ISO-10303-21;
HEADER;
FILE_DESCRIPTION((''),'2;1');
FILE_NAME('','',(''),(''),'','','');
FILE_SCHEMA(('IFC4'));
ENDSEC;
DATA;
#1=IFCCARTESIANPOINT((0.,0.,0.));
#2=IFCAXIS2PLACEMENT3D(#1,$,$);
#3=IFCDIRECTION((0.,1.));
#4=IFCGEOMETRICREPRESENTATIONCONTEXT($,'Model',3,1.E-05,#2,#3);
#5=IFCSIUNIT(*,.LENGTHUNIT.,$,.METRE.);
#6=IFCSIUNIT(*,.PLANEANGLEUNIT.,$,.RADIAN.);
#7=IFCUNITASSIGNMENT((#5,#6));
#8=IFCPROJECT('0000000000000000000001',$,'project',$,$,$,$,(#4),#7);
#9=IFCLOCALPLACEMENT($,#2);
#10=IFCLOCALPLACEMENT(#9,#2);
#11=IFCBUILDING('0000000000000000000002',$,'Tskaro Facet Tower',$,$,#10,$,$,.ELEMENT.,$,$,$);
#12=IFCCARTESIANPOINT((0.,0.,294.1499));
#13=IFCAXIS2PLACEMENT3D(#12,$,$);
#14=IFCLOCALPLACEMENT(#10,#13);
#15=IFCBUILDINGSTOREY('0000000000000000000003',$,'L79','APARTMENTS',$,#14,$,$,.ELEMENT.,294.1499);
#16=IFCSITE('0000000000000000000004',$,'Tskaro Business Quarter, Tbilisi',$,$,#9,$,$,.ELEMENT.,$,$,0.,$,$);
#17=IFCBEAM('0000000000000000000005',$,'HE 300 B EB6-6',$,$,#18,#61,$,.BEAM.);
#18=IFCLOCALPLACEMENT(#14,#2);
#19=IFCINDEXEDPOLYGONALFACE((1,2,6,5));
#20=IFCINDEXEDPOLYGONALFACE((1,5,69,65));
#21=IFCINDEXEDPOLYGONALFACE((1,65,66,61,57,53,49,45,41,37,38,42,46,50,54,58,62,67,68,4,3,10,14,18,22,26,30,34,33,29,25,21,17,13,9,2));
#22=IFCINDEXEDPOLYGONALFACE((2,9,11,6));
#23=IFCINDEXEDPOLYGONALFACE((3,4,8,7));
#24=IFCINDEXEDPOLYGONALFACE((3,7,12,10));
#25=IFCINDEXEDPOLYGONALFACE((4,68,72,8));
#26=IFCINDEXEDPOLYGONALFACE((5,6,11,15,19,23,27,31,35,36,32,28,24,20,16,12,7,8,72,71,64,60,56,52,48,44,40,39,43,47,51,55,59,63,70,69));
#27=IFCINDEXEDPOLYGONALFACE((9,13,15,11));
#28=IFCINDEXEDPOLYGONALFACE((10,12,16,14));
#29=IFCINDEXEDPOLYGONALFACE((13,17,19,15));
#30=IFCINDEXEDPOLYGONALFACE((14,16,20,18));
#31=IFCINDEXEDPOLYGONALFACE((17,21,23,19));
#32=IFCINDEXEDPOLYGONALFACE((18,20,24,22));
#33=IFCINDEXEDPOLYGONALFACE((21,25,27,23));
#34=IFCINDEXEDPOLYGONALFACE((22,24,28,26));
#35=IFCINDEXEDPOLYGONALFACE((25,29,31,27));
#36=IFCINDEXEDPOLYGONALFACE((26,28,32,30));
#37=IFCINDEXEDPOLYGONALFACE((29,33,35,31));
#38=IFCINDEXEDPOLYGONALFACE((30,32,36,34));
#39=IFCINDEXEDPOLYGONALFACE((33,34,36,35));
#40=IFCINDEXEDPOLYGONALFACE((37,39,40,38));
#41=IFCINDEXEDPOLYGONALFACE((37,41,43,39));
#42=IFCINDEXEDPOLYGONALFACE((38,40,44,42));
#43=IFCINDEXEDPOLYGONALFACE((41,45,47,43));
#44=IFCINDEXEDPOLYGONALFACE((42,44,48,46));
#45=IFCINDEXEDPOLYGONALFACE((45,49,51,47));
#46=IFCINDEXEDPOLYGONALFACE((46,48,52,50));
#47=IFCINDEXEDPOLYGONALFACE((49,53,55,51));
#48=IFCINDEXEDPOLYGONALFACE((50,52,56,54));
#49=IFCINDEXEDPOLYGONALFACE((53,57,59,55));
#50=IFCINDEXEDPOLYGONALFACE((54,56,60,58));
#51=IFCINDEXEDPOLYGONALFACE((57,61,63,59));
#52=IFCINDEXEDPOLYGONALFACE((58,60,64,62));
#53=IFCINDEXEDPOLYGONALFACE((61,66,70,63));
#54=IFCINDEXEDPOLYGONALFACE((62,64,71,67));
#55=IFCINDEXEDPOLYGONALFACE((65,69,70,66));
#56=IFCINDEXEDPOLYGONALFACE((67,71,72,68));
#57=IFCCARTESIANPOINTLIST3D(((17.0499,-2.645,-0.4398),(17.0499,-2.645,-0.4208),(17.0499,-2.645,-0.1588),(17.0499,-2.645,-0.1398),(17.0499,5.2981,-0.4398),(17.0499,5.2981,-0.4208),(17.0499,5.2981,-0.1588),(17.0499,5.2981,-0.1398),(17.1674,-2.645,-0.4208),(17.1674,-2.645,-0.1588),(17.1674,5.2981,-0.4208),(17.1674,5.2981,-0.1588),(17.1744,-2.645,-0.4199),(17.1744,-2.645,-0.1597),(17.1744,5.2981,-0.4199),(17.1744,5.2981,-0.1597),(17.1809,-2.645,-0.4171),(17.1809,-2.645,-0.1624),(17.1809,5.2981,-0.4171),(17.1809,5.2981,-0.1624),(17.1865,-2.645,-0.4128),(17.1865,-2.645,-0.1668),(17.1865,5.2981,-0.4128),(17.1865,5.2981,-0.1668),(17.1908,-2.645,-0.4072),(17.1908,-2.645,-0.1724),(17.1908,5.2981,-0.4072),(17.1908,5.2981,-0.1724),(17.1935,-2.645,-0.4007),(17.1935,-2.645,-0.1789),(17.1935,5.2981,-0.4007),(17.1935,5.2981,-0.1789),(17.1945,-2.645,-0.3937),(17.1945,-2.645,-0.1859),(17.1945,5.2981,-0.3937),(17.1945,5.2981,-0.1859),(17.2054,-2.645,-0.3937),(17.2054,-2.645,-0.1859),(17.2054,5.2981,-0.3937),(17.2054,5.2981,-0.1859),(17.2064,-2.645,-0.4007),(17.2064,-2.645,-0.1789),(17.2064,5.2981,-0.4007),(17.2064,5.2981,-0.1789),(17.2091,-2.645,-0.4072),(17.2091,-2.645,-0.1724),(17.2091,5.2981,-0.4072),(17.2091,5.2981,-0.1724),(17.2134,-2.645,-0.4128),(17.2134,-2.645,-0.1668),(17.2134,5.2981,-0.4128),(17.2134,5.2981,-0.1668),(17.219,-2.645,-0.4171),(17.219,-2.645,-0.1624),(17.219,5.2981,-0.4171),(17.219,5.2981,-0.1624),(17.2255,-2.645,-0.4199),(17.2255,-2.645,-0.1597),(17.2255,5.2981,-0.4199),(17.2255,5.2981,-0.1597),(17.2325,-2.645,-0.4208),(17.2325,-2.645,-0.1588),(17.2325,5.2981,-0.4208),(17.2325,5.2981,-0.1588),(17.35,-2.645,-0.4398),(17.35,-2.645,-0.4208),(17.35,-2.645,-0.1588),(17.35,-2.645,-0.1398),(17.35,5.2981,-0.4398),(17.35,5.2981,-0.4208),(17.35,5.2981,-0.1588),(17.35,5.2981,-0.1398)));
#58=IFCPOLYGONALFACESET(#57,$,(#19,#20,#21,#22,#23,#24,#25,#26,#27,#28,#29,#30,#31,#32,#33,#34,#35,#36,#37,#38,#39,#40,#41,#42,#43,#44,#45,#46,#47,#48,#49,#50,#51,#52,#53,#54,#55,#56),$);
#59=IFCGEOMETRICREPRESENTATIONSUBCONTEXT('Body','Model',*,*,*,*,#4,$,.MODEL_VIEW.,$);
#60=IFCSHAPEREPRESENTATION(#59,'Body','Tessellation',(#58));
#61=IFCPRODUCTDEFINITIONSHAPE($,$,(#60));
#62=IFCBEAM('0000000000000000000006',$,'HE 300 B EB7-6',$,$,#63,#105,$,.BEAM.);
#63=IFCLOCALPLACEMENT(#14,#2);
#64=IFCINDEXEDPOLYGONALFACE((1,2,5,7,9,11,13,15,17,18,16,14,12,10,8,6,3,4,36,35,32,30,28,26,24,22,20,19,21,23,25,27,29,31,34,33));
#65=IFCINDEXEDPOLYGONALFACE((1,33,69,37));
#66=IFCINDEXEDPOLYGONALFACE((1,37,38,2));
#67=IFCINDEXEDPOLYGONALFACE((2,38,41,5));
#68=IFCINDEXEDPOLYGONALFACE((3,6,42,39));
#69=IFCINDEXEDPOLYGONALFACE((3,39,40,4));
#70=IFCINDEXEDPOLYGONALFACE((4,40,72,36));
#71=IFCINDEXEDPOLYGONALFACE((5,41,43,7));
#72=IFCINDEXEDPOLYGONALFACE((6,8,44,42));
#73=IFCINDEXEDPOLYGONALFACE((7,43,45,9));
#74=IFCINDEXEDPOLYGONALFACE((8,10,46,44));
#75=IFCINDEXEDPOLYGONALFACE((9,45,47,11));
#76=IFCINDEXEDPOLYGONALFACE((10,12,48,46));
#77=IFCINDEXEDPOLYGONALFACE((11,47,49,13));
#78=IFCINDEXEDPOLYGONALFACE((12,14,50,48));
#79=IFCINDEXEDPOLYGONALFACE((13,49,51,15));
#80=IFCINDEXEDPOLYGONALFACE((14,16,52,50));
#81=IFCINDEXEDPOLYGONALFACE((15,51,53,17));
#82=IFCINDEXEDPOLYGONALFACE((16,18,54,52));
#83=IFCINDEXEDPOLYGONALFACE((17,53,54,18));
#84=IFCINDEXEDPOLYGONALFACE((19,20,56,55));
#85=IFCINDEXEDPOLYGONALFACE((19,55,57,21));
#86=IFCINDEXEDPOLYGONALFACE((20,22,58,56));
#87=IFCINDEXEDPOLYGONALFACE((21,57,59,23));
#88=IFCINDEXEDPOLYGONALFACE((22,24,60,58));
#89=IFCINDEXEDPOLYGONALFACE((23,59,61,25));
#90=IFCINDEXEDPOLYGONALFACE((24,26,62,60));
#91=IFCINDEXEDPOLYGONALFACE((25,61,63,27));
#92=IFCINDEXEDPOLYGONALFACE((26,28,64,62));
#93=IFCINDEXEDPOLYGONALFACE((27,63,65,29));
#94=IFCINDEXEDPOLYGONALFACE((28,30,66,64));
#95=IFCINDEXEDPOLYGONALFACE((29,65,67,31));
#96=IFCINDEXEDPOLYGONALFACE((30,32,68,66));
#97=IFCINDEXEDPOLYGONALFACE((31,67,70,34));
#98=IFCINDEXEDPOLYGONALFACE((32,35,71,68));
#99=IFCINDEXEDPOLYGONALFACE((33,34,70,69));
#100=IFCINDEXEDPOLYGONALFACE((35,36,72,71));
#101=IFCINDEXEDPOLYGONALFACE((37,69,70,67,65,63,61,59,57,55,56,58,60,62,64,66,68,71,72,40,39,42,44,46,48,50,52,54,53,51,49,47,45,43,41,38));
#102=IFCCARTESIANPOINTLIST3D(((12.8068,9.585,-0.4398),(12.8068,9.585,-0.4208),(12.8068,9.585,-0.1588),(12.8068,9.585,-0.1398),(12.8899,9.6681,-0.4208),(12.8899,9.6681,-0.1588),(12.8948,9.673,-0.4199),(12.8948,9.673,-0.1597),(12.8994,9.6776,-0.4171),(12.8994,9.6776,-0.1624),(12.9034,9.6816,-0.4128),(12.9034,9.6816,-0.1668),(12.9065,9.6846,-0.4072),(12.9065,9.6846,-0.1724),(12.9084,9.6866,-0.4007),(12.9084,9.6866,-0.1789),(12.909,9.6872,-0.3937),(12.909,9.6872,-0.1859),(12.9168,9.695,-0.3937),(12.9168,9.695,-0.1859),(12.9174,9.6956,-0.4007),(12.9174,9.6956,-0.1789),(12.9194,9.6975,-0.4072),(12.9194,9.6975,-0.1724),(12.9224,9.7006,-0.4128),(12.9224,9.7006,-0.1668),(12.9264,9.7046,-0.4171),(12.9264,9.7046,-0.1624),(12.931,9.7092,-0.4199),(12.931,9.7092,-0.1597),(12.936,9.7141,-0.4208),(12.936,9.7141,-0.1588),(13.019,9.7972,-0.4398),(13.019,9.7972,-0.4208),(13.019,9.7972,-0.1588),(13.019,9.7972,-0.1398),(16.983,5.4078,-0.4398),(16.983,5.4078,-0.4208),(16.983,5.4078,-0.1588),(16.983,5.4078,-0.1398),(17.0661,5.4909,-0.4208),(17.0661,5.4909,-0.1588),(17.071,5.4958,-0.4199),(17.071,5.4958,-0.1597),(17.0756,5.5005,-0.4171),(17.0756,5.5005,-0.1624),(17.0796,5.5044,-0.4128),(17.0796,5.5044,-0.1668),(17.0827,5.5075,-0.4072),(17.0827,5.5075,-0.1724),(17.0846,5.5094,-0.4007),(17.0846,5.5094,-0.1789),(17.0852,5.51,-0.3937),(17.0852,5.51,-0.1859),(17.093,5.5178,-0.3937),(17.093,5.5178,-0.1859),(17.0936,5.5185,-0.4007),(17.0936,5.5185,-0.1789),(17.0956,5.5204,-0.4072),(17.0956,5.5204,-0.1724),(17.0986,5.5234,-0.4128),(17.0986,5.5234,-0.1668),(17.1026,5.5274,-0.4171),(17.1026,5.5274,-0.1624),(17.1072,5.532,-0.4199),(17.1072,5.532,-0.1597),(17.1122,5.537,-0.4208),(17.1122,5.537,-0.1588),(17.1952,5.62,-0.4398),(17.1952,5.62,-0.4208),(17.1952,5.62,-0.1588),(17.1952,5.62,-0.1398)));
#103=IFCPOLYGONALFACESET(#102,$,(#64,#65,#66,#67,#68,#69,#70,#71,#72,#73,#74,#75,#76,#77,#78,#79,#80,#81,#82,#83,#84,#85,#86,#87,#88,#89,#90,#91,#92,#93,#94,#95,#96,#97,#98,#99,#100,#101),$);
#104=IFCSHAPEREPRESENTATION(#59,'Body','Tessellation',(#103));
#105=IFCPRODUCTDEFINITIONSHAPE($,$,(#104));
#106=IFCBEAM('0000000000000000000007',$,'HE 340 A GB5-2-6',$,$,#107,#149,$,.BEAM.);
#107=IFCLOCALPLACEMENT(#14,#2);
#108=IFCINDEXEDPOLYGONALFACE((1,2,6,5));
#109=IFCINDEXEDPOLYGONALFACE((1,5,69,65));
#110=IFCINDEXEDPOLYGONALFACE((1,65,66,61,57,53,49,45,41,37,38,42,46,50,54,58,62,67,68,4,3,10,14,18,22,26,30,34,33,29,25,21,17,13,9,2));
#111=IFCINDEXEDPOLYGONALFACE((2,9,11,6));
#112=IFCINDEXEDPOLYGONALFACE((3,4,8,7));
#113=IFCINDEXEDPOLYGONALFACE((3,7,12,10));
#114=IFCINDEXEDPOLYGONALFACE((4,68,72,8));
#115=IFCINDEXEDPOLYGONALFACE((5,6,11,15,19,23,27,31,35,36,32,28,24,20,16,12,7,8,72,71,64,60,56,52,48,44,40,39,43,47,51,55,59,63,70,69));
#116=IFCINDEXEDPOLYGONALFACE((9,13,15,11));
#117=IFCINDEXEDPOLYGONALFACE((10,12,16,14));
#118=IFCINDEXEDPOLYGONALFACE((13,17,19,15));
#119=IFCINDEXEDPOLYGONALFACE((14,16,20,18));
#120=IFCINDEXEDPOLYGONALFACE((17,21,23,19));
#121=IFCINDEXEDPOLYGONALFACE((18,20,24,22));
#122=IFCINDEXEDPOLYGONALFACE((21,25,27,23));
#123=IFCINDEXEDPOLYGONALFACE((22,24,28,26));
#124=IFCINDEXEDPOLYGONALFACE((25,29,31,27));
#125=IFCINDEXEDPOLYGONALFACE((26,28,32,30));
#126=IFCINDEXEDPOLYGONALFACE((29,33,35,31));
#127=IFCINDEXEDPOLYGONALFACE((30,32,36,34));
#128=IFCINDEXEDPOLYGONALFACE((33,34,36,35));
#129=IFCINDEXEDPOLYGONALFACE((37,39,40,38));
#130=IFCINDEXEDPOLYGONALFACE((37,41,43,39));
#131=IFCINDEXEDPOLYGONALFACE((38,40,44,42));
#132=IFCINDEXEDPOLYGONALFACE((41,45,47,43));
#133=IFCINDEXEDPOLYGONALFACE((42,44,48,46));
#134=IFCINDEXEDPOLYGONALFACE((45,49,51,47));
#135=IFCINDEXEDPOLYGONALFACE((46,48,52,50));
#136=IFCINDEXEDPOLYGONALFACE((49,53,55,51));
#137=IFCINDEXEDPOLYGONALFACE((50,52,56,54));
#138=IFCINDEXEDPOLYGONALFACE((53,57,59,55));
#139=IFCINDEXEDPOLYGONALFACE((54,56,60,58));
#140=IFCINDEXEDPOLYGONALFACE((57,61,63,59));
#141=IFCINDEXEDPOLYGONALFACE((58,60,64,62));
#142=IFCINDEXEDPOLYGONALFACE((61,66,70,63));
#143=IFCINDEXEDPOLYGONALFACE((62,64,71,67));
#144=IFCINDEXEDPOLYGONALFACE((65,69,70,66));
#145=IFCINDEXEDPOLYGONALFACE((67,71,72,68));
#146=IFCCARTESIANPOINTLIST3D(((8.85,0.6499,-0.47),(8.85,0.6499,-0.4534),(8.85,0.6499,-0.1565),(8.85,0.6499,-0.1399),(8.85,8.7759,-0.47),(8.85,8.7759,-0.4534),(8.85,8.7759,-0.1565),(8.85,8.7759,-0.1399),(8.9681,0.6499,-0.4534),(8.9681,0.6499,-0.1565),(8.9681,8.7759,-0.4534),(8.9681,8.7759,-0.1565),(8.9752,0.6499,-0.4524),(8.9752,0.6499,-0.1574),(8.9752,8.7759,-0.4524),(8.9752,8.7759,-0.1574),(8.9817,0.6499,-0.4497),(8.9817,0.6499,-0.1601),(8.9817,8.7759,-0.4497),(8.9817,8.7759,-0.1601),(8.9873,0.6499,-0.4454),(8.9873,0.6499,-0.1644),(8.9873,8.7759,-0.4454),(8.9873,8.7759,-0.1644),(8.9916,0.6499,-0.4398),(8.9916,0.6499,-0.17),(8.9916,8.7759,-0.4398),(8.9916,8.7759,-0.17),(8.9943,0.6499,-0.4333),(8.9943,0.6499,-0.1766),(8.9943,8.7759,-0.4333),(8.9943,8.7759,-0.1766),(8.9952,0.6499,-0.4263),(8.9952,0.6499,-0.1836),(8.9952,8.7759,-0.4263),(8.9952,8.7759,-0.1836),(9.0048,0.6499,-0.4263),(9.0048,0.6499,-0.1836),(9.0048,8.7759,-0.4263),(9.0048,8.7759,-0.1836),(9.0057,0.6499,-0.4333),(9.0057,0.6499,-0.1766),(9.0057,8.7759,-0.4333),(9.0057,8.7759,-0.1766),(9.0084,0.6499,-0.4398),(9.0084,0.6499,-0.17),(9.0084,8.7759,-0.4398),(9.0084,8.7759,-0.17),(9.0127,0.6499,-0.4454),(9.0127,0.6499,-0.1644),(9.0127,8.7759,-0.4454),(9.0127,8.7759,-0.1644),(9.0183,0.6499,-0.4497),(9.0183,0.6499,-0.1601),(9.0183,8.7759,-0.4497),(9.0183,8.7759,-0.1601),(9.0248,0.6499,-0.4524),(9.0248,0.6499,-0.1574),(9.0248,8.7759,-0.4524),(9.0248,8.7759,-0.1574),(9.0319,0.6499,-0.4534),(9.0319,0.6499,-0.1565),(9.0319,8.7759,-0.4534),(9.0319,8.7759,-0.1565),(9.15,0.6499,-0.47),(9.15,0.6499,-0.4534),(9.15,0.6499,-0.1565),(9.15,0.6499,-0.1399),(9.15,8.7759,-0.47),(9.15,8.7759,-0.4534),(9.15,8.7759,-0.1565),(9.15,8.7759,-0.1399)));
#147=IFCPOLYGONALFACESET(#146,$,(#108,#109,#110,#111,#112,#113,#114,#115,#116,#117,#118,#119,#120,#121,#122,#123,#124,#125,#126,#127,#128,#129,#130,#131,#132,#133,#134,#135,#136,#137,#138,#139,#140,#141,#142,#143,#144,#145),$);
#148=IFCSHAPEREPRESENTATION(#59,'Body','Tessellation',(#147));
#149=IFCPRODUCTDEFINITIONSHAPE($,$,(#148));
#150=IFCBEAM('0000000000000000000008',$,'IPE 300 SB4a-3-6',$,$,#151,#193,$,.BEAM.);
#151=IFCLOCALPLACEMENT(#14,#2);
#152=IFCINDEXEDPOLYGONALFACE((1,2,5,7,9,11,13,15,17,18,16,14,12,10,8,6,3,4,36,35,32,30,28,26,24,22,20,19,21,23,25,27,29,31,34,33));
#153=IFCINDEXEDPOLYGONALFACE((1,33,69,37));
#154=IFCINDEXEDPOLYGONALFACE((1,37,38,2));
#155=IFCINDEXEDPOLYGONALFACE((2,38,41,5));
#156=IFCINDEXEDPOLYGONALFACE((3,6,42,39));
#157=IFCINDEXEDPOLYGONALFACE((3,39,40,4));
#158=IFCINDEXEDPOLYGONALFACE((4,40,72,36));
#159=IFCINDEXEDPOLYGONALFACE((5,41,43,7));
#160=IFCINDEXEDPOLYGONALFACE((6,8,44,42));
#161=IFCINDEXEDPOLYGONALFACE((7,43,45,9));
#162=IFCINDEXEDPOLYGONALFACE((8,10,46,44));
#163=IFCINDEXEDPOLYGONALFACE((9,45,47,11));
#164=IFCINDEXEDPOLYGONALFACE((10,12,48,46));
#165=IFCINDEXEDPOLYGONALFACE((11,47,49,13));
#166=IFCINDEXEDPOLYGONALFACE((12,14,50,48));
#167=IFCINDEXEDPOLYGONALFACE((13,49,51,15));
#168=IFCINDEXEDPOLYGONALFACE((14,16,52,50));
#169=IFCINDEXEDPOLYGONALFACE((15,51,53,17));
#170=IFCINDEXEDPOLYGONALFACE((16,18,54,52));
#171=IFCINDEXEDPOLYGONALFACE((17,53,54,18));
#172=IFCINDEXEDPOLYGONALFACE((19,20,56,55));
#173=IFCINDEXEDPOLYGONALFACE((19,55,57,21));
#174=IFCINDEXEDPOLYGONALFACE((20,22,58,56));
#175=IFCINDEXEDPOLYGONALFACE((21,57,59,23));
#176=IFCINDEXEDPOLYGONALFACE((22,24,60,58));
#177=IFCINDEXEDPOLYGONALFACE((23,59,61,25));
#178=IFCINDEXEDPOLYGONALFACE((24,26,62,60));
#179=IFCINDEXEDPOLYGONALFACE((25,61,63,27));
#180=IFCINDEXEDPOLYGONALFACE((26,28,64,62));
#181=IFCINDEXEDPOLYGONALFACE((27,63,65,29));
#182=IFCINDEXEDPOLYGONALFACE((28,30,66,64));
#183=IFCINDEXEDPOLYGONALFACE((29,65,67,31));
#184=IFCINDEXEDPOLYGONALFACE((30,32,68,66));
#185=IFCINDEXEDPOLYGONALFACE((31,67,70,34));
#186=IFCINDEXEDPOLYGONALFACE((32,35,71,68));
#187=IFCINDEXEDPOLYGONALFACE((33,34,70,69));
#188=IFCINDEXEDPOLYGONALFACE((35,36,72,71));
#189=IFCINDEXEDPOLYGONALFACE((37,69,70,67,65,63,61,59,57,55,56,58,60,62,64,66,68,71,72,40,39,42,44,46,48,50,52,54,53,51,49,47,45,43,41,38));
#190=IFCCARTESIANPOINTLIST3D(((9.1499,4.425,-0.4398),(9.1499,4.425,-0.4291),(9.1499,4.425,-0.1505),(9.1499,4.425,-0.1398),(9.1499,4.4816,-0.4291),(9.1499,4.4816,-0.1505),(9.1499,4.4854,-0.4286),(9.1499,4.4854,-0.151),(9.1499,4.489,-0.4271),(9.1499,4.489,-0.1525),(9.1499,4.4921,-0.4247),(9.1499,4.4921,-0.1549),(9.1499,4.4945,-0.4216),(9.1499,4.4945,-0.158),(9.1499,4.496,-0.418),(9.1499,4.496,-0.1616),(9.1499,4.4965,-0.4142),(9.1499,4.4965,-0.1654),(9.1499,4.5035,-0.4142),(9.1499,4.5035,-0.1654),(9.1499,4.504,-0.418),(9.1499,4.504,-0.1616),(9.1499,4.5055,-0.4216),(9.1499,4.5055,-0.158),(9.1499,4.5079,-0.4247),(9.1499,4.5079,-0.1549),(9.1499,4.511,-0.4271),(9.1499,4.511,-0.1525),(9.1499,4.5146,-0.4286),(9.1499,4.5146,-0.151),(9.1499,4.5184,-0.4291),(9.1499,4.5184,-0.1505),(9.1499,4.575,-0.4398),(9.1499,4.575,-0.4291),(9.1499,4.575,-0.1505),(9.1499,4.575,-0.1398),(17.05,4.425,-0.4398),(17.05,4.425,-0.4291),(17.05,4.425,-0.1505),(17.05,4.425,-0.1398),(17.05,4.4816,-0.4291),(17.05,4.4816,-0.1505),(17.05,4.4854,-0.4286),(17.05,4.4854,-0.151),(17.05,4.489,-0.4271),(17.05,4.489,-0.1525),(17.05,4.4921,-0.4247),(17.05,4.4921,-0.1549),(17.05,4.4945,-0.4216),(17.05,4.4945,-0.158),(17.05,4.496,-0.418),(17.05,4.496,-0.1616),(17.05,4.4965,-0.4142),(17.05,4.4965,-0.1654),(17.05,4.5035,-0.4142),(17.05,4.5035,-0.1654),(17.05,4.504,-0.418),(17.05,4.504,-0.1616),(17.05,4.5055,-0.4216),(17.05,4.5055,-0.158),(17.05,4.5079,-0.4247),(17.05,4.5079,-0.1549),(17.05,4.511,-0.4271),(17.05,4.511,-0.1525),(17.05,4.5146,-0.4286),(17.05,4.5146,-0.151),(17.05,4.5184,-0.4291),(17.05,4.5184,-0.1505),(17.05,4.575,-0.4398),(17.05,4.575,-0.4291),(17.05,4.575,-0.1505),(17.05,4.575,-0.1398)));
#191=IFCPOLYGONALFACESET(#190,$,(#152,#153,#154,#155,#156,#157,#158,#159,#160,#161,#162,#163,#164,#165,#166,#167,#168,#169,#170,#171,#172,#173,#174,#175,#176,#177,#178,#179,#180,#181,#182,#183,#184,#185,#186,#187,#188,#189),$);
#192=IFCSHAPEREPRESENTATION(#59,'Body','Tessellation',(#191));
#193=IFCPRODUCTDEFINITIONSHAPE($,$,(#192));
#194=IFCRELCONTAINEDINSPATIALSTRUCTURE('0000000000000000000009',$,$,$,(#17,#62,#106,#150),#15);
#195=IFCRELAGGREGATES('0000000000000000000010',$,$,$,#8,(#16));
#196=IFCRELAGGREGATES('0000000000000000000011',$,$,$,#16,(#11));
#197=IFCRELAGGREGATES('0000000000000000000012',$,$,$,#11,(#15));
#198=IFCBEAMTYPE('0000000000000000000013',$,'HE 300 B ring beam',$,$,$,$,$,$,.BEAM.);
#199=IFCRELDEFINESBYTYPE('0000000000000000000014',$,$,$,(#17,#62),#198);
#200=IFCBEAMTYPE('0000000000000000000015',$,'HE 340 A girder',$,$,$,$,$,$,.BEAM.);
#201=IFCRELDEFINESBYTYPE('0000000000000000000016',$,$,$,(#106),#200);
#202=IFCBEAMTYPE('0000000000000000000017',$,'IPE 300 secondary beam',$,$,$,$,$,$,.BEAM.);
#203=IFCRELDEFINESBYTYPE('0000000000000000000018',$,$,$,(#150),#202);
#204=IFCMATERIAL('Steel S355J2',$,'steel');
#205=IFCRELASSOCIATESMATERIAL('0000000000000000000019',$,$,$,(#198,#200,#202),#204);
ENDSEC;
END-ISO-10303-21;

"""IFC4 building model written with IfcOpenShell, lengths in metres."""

from ifc_helpers import new_model, si_unit, direction, frame, origin, origin_2d, place, context, subcontext, project, spatial, i_section, extrude, material, material_profile, profile_set, type_object, element, save


model = new_model("IFC4")

# Units and contexts
model_context = context("Model", 3, precision=1e-05, world=origin(), true_north=direction((0.0, 1.0)))
body_context = subcontext(model_context, "Body", "Model", "MODEL_VIEW")
ifc_project = project(units=[si_unit("LENGTHUNIT", "METRE"), si_unit("PLANEANGLEUNIT", "RADIAN")], contexts=[model_context])

# Site, building, storey
site_placement = place(None, origin())
site = spatial("IfcSite", under=ifc_project, at=site_placement, Name="Tskaro Business Quarter, Tbilisi", CompositionType="ELEMENT", RefElevation=0.0)
building_placement = place(site_placement, origin())
building = spatial("IfcBuilding", under=site, at=building_placement, Name="Tskaro Facet Tower", CompositionType="ELEMENT")
storey_placement = place(building_placement, frame((0.0, 0.0, 294.1499)))
storey = spatial("IfcBuildingStorey", under=building, at=storey_placement, Name="L79", Description="APARTMENTS", CompositionType="ELEMENT", Elevation=294.1499)

# Shared definitions
ifc_material_1 = material(Name="Steel S355J2", Category="steel")

# Beams
ifc_material_profile_1 = material_profile(ifc_material_1, i_section(OverallWidth=0.3, OverallDepth=0.3, WebThickness=0.011, FlangeThickness=0.019, FilletRadius=0.0271, at=origin_2d()), Name="HE 300 B")
ifc_profile_set_1 = profile_set([ifc_material_profile_1], Name="Steel S355J2")
beam_type_1 = type_object("IfcBeamType", Name="HE 300 B ring beam", PredefinedType="BEAM", material=ifc_profile_set_1)
beam_1_placement = place(storey_placement, frame((17.2, -2.645, -0.2898), z_axis=(0.0, 1.0, 0.0), x_axis=(-1.0, 0.0, 0.0)))
element("IfcBeam", 1, at=beam_1_placement, inside=storey, type_object=beam_type_1, Name="HE 300 B EB6-6", PredefinedType="BEAM", context=body_context, shape_type="SweptSolid", body=[
    extrude(i_section(OverallWidth=0.3, OverallDepth=0.3, WebThickness=0.011, FlangeThickness=0.019, FilletRadius=0.0271, at=origin_2d()), origin(), (0.0, 0.0, 1.0), 7.9431),
])
beam_2_placement = place(storey_placement, frame((17.0891, 5.5139, -0.2898), z_axis=(-0.707024, 0.707189, 0.0), x_axis=(-0.707189, -0.707024, 0.0)))
element("IfcBeam", 2, at=beam_2_placement, inside=storey, type_object=beam_type_1, Name="HE 300 B EB7-6", PredefinedType="BEAM", context=body_context, shape_type="SweptSolid", body=[
    extrude(i_section(OverallWidth=0.3, OverallDepth=0.3, WebThickness=0.011, FlangeThickness=0.019, FilletRadius=0.0271, at=origin_2d()), origin(), (0.0, 0.0, 1.0), 5.9067),
])
ifc_material_profile_2 = material_profile(ifc_material_1, i_section(OverallWidth=0.3, OverallDepth=0.3301, WebThickness=0.0095, FlangeThickness=0.0166, FilletRadius=0.0271, at=origin_2d()), Name="HE 340 A")
ifc_profile_set_2 = profile_set([ifc_material_profile_2], Name="Steel S355J2")
beam_type_2 = type_object("IfcBeamType", Name="HE 340 A girder", PredefinedType="BEAM", material=ifc_profile_set_2)
beam_3_placement = place(storey_placement, frame((9.0, 0.6499, -0.3049), z_axis=(0.0, 1.0, 0.0), x_axis=(-1.0, 0.0, 0.0)))
element("IfcBeam", 3, at=beam_3_placement, inside=storey, type_object=beam_type_2, Name="HE 340 A GB5-2-6", PredefinedType="BEAM", context=body_context, shape_type="SweptSolid", body=[
    extrude(i_section(OverallWidth=0.3, OverallDepth=0.3301, WebThickness=0.0095, FlangeThickness=0.0166, FilletRadius=0.0271, at=origin_2d()), origin(), (0.0, 0.0, 1.0), 8.126),
])
ifc_material_profile_3 = material_profile(ifc_material_1, i_section(OverallWidth=0.1499, OverallDepth=0.3, WebThickness=0.0071, FlangeThickness=0.0107, FilletRadius=0.0149, at=origin_2d()), Name="IPE 300")
ifc_profile_set_3 = profile_set([ifc_material_profile_3], Name="Steel S355J2")
beam_type_3 = type_object("IfcBeamType", Name="IPE 300 secondary beam", PredefinedType="BEAM", material=ifc_profile_set_3)
beam_4_placement = place(storey_placement, frame((9.1499, 4.5, -0.2898), z_axis=(1.0, 0.0, 0.0), x_axis=(0.0, 1.0, 0.0)))
element("IfcBeam", 4, at=beam_4_placement, inside=storey, type_object=beam_type_3, Name="IPE 300 SB4a-3-6", PredefinedType="BEAM", context=body_context, shape_type="SweptSolid", body=[
    extrude(i_section(OverallWidth=0.1499, OverallDepth=0.3, WebThickness=0.0071, FlangeThickness=0.0107, FilletRadius=0.0149, at=origin_2d()), origin(), (0.0, 0.0, 1.0), 7.9001),
])

save(model, "model.ifc")
